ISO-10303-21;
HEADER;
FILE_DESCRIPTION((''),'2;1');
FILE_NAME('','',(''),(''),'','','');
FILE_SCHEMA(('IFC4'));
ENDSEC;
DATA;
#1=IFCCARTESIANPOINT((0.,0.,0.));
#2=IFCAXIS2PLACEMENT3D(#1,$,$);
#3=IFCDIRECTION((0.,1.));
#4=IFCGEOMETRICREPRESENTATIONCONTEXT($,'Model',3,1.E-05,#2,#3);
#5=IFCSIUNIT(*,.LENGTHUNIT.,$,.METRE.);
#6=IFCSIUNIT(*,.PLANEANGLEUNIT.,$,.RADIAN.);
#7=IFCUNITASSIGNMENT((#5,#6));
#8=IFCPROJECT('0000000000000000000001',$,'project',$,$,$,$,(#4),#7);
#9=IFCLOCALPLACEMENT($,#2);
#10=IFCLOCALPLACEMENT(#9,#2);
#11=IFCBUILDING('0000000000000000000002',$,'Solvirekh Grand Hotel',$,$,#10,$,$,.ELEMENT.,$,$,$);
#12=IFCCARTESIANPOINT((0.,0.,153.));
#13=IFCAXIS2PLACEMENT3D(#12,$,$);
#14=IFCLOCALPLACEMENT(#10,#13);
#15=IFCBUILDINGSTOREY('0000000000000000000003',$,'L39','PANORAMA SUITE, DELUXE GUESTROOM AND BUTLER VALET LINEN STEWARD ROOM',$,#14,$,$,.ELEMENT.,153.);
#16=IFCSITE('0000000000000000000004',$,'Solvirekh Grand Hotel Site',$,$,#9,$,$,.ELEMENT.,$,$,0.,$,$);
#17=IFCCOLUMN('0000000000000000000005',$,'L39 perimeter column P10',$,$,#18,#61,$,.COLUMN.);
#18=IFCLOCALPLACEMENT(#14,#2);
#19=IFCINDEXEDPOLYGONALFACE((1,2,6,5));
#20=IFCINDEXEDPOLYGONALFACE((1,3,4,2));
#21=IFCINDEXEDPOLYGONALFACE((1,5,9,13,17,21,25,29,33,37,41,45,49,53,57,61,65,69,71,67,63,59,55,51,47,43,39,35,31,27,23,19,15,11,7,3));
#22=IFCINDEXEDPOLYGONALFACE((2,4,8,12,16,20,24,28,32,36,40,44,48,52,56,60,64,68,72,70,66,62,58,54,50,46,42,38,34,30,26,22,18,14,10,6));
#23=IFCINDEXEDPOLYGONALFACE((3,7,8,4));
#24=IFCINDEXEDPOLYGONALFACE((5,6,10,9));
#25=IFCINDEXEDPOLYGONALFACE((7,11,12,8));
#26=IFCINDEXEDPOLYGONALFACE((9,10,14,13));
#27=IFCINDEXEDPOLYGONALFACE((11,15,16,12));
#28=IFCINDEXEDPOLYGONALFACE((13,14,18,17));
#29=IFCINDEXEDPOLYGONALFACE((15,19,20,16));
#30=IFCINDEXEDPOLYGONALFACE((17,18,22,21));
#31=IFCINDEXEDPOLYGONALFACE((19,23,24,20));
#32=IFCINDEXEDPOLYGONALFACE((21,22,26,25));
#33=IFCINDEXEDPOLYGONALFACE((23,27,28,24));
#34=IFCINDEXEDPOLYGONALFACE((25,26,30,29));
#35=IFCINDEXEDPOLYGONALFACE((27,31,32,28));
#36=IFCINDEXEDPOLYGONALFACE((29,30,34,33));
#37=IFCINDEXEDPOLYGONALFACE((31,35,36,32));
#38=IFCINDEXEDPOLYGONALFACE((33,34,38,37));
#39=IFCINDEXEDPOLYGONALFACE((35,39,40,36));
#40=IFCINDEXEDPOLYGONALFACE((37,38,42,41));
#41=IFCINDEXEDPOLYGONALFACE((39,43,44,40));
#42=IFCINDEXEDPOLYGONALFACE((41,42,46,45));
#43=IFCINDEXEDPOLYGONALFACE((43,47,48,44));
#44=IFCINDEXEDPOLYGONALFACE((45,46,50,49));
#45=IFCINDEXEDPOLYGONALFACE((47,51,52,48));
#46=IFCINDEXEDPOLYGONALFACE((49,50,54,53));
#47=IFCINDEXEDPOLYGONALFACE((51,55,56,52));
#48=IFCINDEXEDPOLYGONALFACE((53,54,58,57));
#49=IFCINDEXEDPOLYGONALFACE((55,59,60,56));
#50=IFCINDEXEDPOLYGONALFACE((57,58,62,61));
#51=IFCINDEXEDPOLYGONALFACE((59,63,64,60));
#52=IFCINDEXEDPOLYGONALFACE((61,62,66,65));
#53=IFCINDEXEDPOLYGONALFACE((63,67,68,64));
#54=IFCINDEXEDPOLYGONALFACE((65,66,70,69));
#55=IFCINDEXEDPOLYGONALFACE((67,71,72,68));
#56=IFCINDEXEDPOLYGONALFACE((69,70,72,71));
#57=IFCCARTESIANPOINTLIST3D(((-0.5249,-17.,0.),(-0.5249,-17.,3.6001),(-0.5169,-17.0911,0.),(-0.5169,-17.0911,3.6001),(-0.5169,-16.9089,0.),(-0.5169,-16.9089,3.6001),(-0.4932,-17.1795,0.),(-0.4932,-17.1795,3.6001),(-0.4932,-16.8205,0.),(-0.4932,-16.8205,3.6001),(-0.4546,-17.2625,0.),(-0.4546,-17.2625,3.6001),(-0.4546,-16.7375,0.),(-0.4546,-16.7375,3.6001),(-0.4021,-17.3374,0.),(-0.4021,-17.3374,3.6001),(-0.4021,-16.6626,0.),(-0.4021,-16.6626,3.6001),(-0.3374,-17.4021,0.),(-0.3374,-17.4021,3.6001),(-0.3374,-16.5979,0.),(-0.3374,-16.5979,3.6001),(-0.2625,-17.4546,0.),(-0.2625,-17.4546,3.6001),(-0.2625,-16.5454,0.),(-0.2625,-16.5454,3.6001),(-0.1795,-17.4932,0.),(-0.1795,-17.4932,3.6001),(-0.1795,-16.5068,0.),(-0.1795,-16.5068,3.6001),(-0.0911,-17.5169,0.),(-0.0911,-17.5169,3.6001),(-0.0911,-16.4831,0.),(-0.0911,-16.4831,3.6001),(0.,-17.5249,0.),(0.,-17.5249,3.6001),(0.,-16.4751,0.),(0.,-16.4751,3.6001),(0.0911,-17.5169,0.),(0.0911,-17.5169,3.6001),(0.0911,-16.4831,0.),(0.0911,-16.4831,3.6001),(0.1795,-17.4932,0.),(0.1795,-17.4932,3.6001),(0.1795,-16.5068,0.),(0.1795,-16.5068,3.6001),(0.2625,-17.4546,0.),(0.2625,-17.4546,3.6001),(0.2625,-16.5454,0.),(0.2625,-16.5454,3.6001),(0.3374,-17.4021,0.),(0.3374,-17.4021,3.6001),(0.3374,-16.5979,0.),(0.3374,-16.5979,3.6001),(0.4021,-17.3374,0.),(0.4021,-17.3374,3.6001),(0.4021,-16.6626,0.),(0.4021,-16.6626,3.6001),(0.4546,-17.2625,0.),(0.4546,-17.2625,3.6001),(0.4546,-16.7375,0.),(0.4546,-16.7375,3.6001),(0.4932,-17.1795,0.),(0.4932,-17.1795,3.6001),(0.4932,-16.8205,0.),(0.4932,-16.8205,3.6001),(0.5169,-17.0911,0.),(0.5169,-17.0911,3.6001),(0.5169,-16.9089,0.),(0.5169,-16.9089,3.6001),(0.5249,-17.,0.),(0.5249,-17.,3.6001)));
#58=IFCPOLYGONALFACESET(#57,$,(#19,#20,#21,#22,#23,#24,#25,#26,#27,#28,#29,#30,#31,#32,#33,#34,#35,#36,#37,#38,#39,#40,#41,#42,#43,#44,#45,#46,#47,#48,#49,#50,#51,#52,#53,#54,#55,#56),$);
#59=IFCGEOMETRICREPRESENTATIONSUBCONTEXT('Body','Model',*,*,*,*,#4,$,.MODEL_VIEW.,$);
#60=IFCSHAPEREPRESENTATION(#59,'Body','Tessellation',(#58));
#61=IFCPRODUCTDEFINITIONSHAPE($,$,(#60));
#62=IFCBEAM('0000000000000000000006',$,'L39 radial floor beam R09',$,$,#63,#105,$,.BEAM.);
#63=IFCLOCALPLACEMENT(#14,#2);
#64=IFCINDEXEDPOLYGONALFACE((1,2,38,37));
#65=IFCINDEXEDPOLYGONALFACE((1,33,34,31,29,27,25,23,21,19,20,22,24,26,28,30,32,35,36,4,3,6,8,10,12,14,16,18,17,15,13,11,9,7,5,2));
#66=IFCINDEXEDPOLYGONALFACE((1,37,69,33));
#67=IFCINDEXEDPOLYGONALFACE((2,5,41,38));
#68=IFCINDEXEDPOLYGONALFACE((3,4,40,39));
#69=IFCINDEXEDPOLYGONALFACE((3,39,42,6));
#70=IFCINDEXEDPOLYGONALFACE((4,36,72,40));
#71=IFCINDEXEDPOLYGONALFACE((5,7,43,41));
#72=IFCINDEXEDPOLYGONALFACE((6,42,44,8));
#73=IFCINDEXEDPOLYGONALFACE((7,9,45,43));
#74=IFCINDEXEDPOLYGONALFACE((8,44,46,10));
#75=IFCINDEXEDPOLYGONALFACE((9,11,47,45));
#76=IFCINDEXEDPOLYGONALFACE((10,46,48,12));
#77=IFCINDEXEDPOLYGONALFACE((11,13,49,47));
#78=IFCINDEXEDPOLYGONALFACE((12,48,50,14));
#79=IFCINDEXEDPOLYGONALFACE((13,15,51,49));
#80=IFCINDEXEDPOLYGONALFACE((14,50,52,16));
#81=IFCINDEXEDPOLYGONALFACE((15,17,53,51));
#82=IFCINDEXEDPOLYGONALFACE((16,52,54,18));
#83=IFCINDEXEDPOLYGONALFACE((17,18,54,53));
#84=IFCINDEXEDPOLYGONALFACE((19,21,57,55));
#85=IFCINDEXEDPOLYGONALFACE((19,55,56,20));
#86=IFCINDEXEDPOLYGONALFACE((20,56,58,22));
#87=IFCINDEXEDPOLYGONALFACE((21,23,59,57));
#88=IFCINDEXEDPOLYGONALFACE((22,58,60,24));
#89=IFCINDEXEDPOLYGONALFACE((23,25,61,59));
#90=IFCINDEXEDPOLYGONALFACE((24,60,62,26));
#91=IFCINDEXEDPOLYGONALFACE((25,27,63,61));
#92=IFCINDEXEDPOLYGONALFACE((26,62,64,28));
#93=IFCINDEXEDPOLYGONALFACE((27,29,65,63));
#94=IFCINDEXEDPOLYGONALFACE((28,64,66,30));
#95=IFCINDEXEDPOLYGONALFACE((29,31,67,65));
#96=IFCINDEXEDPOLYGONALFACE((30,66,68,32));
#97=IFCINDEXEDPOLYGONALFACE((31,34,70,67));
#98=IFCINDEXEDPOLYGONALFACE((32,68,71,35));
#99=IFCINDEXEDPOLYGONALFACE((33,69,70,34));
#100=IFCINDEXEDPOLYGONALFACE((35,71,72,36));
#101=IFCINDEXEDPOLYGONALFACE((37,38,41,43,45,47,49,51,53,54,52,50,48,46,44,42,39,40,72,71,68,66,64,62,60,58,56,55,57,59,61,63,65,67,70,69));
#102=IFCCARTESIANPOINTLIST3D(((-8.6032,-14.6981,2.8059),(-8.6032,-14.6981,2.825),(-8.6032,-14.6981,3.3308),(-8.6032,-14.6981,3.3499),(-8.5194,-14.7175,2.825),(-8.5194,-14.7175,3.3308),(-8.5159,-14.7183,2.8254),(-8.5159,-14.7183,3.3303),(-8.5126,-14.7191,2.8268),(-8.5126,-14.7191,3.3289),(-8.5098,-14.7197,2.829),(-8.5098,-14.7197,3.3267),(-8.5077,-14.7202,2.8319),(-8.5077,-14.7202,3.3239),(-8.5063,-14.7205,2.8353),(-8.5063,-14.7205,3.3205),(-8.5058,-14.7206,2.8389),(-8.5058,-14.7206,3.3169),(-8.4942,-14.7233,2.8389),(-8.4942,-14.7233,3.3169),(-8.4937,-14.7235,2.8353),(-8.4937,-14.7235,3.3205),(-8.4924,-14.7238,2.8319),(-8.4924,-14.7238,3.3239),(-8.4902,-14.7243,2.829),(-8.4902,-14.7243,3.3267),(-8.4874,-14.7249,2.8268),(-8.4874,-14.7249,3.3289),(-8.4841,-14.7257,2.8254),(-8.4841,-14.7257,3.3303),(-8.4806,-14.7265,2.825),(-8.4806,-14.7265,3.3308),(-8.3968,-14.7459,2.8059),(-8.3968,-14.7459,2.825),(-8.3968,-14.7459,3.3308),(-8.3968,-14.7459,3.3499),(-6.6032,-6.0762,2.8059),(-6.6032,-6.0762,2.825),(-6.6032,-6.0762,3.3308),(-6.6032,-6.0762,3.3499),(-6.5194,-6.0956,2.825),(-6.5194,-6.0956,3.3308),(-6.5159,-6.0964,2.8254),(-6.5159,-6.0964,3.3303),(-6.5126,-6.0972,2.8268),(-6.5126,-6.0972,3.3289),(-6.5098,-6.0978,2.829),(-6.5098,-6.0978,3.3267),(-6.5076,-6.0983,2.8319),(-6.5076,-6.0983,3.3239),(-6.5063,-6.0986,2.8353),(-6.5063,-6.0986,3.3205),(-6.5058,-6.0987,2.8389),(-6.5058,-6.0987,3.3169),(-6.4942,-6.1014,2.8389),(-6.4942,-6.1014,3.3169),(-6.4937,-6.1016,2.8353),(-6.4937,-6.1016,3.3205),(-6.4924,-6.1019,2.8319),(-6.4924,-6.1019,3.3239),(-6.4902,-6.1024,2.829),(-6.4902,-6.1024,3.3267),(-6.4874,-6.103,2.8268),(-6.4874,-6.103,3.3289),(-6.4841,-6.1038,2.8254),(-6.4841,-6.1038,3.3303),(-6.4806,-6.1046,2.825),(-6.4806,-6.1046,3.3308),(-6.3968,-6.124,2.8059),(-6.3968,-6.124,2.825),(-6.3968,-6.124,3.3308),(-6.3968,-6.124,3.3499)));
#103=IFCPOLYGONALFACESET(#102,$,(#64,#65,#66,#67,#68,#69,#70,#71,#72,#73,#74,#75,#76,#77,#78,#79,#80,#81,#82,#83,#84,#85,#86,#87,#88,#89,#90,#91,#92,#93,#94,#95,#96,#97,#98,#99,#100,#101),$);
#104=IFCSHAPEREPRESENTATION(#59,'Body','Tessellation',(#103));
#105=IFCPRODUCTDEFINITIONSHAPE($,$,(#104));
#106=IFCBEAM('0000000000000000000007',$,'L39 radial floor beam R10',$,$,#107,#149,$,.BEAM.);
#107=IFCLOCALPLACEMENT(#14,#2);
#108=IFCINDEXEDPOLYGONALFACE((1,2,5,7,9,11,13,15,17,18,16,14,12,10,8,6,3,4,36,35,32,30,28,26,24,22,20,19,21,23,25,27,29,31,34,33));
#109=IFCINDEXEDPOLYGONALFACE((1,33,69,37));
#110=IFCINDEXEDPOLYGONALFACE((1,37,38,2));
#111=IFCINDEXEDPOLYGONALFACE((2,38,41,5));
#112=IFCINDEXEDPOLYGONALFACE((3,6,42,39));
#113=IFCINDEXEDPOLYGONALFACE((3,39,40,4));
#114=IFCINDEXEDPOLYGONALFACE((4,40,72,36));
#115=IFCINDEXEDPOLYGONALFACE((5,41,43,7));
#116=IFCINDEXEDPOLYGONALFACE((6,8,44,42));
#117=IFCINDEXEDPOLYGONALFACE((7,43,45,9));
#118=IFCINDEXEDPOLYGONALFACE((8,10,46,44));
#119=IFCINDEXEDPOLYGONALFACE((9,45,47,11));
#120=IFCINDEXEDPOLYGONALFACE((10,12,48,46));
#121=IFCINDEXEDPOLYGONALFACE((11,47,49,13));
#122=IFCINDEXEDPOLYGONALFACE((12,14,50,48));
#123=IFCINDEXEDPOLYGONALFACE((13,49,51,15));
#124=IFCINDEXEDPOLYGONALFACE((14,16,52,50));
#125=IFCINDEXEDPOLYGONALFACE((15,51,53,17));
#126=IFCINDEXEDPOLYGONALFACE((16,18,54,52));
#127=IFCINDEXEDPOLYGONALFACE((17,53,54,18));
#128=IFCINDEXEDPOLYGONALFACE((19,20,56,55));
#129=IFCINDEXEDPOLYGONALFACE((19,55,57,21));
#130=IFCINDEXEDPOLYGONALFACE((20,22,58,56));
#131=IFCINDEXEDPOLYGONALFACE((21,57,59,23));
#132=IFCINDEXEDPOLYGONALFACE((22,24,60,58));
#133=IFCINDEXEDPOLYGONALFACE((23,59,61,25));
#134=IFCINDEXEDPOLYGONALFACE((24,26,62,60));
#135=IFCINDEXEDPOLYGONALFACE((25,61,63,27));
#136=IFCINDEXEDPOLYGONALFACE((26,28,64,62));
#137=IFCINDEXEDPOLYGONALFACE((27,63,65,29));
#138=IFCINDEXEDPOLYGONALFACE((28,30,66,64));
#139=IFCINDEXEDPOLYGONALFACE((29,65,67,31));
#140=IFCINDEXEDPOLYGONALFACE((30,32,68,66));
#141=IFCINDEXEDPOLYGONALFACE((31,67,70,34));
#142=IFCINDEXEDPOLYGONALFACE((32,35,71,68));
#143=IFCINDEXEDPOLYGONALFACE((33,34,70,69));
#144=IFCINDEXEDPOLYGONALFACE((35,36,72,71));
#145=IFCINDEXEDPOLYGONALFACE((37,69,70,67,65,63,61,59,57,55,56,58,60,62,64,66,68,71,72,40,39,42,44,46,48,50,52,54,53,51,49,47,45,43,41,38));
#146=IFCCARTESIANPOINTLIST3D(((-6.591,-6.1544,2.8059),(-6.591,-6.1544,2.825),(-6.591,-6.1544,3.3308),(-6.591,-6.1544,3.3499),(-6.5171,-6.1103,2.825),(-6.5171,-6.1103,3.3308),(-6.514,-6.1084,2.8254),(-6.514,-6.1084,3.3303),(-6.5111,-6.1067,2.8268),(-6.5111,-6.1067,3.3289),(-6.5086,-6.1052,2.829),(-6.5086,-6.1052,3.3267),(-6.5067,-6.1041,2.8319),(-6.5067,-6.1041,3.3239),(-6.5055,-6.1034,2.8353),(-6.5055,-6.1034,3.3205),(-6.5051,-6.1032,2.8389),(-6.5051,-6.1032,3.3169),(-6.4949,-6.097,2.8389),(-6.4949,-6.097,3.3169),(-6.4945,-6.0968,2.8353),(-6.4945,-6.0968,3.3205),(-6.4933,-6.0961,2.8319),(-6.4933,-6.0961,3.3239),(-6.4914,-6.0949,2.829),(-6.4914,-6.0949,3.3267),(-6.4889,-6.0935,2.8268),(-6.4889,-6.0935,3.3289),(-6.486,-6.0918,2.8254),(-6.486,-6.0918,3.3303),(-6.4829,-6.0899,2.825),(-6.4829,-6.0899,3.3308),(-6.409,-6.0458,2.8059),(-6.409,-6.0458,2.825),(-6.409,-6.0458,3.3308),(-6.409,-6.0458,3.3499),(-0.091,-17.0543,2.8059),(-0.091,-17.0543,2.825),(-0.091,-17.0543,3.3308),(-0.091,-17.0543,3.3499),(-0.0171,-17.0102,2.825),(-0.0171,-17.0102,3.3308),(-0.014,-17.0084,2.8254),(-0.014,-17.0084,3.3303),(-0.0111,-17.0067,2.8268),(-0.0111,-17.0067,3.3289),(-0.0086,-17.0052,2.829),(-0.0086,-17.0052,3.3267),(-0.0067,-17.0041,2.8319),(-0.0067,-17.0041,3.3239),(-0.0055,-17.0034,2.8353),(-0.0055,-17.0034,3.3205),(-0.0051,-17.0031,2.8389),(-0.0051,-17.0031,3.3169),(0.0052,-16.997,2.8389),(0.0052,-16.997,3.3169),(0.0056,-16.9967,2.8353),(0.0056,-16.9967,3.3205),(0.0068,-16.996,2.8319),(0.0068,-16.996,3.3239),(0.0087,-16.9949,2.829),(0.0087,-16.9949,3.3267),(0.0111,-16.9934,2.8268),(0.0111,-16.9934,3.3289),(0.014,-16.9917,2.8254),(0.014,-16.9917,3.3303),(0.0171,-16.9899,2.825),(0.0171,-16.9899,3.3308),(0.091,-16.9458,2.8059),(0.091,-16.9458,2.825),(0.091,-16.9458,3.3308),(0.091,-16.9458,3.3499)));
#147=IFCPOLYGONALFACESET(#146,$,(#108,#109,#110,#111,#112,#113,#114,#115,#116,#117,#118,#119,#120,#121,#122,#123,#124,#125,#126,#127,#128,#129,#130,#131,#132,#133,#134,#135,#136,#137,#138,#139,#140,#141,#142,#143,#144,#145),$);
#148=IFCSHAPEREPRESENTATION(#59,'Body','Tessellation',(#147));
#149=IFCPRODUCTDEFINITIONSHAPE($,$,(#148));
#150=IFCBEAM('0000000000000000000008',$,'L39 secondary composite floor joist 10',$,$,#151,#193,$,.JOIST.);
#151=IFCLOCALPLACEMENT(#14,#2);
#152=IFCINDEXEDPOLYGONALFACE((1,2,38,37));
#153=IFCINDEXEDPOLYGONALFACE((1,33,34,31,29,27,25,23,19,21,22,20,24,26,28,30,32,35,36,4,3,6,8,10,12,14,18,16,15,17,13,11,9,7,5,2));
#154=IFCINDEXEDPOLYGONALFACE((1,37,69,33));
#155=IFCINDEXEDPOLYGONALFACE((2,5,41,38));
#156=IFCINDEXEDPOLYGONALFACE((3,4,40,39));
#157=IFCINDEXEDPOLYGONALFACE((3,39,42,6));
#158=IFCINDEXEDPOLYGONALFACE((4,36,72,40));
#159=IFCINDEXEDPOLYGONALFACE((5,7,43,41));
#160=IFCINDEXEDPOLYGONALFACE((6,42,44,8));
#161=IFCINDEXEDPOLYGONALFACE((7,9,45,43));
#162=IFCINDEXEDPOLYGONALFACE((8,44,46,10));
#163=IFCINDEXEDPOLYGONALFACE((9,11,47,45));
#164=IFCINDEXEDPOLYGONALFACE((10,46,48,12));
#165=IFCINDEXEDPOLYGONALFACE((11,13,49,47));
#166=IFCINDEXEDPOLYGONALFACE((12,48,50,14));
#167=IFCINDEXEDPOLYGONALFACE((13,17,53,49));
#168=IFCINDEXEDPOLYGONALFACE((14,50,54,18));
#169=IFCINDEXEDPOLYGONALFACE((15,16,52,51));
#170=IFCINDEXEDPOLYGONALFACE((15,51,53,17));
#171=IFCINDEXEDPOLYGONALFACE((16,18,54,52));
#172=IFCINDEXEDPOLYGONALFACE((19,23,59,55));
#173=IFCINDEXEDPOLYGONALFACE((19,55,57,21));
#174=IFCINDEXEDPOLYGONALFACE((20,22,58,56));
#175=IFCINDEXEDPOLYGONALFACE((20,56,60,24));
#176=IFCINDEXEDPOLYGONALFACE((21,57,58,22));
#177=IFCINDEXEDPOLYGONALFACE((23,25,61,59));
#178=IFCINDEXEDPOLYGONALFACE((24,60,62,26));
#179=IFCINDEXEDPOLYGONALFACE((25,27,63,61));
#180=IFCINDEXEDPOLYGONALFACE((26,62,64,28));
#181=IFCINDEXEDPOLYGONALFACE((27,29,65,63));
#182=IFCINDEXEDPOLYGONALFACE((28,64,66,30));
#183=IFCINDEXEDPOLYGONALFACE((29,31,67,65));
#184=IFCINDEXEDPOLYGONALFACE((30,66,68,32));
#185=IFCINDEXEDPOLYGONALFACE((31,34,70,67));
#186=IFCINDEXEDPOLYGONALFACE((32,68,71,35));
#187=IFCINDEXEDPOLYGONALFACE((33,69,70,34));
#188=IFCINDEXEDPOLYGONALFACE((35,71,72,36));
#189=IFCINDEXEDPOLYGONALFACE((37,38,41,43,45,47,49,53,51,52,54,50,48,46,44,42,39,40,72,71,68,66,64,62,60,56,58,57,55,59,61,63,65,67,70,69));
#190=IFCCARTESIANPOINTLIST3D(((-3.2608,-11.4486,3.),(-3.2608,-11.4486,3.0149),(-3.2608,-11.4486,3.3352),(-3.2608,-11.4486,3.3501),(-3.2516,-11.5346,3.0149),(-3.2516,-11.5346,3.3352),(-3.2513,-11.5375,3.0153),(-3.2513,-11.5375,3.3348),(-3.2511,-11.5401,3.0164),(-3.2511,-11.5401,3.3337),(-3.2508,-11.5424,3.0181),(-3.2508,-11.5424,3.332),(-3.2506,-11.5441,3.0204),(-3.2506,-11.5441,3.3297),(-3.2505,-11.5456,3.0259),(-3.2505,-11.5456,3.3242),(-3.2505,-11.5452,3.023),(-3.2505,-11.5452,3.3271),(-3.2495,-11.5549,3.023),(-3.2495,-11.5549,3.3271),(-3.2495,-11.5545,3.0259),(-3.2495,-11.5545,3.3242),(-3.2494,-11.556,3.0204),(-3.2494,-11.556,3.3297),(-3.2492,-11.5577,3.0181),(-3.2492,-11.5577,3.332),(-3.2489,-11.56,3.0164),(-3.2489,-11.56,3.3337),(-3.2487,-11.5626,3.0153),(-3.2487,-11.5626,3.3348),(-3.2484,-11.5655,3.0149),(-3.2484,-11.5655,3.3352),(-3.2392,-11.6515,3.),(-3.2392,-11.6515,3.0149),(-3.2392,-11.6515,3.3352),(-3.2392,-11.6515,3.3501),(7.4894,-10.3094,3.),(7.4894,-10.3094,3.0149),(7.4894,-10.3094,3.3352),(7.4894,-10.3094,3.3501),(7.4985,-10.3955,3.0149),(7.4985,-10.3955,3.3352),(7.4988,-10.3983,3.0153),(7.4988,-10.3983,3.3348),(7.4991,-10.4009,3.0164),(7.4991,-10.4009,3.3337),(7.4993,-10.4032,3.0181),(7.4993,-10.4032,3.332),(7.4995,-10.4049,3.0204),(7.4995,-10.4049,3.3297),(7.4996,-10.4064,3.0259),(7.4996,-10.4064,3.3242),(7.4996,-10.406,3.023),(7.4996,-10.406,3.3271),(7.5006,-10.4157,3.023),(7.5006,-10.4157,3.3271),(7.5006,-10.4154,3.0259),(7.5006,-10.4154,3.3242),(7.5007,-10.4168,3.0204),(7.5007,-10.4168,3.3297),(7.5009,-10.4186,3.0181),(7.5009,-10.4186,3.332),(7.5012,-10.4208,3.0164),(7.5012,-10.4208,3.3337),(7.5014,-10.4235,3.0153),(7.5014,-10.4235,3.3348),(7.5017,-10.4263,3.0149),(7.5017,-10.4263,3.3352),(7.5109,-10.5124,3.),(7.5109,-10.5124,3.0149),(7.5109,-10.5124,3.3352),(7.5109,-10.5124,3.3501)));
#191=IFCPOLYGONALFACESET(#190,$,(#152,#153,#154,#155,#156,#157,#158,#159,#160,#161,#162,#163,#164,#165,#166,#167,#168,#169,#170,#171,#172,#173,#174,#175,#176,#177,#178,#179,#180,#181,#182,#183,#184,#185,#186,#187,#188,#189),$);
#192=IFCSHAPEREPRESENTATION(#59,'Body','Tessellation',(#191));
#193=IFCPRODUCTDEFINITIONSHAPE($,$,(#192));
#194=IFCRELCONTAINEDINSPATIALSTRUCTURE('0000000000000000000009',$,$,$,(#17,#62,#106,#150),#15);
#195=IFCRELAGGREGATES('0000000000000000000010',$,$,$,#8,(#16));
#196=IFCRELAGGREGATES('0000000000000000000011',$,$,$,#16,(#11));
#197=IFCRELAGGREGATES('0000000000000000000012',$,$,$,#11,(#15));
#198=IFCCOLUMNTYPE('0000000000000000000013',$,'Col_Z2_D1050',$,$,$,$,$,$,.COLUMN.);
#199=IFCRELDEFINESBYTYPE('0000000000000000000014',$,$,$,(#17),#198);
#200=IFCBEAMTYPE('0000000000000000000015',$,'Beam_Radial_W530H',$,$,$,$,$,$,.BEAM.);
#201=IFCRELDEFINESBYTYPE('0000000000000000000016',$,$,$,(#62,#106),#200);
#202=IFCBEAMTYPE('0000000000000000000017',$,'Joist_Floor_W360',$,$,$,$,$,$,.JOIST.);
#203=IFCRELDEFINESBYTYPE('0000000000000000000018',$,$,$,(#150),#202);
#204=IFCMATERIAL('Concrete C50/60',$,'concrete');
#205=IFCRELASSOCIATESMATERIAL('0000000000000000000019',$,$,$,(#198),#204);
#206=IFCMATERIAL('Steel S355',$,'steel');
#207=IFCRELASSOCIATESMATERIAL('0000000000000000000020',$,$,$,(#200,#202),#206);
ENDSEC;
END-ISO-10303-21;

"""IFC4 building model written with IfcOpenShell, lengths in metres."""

from ifc_helpers import new_model, si_unit, direction, frame, origin, origin_2d, place, context, subcontext, project, spatial, circle, i_section, extrude, material, material_profile, profile_set, type_object, element, save


model = new_model("IFC4")

# Units and contexts
model_context = context("Model", 3, precision=1e-05, world=origin(), true_north=direction((0.0, 1.0)))
body_context = subcontext(model_context, "Body", "Model", "MODEL_VIEW")
ifc_project = project(units=[si_unit("LENGTHUNIT", "METRE"), si_unit("PLANEANGLEUNIT", "RADIAN")], contexts=[model_context])

# Site, building, storey
site_placement = place(None, origin())
site = spatial("IfcSite", under=ifc_project, at=site_placement, Name="Solvirekh Grand Hotel Site", CompositionType="ELEMENT", RefElevation=0.0)
building_placement = place(site_placement, origin())
building = spatial("IfcBuilding", under=site, at=building_placement, Name="Solvirekh Grand Hotel", CompositionType="ELEMENT")
storey_placement = place(building_placement, frame((0.0, 0.0, 153.0)))
storey = spatial("IfcBuildingStorey", under=building, at=storey_placement, Name="L39", Description="PANORAMA SUITE, DELUXE GUESTROOM AND BUTLER VALET LINEN STEWARD ROOM", CompositionType="ELEMENT", Elevation=153.0)

# Column
ifc_material_1 = material(Name="Concrete C50/60", Category="concrete")
ifc_material_profile_1 = material_profile(ifc_material_1, circle(Radius=0.5249, at=origin_2d()), Name="RC CIRC D1050")
ifc_profile_set_1 = profile_set([ifc_material_profile_1], Name="Concrete C50/60")
column_type = type_object("IfcColumnType", Name="Col_Z2_D1050", PredefinedType="COLUMN", material=ifc_profile_set_1)
column_placement = place(storey_placement, frame((0.0, -17.0, 0.0), z_axis=(0.0, 0.0, 1.0), x_axis=(1.0, 0.0, 0.0)))
element("IfcColumn", 1, at=column_placement, inside=storey, type_object=column_type, Name="L39 perimeter column P10", PredefinedType="COLUMN", context=body_context, shape_type="SweptSolid", body=[
    extrude(circle(Radius=0.5249, at=origin_2d()), origin(), (0.0, 0.0, 1.0), 3.6001),
])

# Beams
ifc_material_2 = material(Name="Steel S355", Category="steel")
ifc_material_profile_2 = material_profile(ifc_material_2, i_section(OverallWidth=0.2119, OverallDepth=0.5439, WebThickness=0.012, FlangeThickness=0.019, FilletRadius=0.0139, at=origin_2d()), Name="W530X123")
ifc_profile_set_2 = profile_set([ifc_material_profile_2], Name="Steel S355")
beam_type_1 = type_object("IfcBeamType", Name="Beam_Radial_W530H", PredefinedType="BEAM", material=ifc_profile_set_2)
beam_1_placement = place(storey_placement, frame((-6.5, -6.1001, 3.0779), z_axis=(-0.225969, -0.974134, 0.0), x_axis=(0.974134, -0.225969, 0.0)))
element("IfcBeam", 2, at=beam_1_placement, inside=storey, type_object=beam_type_1, Name="L39 radial floor beam R09", PredefinedType="BEAM", context=body_context, shape_type="SweptSolid", body=[
    extrude(i_section(OverallWidth=0.2119, OverallDepth=0.5439, WebThickness=0.012, FlangeThickness=0.019, FilletRadius=0.0139, at=origin_2d()), origin(), (0.0, 0.0, 1.0), 8.8508),
])
beam_2_placement = place(storey_placement, frame((-6.5, -6.1001, 3.0779), z_axis=(0.51218, -0.858878, 0.0), x_axis=(0.858878, 0.51218, 0.0)))
element("IfcBeam", 3, at=beam_2_placement, inside=storey, type_object=beam_type_1, Name="L39 radial floor beam R10", PredefinedType="BEAM", context=body_context, shape_type="SweptSolid", body=[
    extrude(i_section(OverallWidth=0.2119, OverallDepth=0.5439, WebThickness=0.012, FlangeThickness=0.019, FilletRadius=0.0139, at=origin_2d()), origin(), (0.0, 0.0, 1.0), 12.6909),
])
ifc_material_profile_3 = material_profile(ifc_material_2, i_section(OverallWidth=0.2041, OverallDepth=0.3501, WebThickness=0.009, FlangeThickness=0.0149, FilletRadius=0.011, at=origin_2d()), Name="W360X72")
ifc_profile_set_3 = profile_set([ifc_material_profile_3], Name="Steel S355")
beam_type_2 = type_object("IfcBeamType", Name="Joist_Floor_W360", PredefinedType="JOIST", material=ifc_profile_set_3)
beam_3_placement = place(storey_placement, frame((-3.25, -11.55, 3.175), z_axis=(0.994432, 0.105378, 0.0), x_axis=(-0.105378, 0.994432, 0.0)))
element("IfcBeam", 4, at=beam_3_placement, inside=storey, type_object=beam_type_2, Name="L39 secondary composite floor joist 10", PredefinedType="JOIST", context=body_context, shape_type="SweptSolid", body=[
    extrude(i_section(OverallWidth=0.2041, OverallDepth=0.3501, WebThickness=0.009, FlangeThickness=0.0149, FilletRadius=0.011, at=origin_2d()), origin(), (0.0, 0.0, 1.0), 10.8103),
])

save(model, "model.ifc")
